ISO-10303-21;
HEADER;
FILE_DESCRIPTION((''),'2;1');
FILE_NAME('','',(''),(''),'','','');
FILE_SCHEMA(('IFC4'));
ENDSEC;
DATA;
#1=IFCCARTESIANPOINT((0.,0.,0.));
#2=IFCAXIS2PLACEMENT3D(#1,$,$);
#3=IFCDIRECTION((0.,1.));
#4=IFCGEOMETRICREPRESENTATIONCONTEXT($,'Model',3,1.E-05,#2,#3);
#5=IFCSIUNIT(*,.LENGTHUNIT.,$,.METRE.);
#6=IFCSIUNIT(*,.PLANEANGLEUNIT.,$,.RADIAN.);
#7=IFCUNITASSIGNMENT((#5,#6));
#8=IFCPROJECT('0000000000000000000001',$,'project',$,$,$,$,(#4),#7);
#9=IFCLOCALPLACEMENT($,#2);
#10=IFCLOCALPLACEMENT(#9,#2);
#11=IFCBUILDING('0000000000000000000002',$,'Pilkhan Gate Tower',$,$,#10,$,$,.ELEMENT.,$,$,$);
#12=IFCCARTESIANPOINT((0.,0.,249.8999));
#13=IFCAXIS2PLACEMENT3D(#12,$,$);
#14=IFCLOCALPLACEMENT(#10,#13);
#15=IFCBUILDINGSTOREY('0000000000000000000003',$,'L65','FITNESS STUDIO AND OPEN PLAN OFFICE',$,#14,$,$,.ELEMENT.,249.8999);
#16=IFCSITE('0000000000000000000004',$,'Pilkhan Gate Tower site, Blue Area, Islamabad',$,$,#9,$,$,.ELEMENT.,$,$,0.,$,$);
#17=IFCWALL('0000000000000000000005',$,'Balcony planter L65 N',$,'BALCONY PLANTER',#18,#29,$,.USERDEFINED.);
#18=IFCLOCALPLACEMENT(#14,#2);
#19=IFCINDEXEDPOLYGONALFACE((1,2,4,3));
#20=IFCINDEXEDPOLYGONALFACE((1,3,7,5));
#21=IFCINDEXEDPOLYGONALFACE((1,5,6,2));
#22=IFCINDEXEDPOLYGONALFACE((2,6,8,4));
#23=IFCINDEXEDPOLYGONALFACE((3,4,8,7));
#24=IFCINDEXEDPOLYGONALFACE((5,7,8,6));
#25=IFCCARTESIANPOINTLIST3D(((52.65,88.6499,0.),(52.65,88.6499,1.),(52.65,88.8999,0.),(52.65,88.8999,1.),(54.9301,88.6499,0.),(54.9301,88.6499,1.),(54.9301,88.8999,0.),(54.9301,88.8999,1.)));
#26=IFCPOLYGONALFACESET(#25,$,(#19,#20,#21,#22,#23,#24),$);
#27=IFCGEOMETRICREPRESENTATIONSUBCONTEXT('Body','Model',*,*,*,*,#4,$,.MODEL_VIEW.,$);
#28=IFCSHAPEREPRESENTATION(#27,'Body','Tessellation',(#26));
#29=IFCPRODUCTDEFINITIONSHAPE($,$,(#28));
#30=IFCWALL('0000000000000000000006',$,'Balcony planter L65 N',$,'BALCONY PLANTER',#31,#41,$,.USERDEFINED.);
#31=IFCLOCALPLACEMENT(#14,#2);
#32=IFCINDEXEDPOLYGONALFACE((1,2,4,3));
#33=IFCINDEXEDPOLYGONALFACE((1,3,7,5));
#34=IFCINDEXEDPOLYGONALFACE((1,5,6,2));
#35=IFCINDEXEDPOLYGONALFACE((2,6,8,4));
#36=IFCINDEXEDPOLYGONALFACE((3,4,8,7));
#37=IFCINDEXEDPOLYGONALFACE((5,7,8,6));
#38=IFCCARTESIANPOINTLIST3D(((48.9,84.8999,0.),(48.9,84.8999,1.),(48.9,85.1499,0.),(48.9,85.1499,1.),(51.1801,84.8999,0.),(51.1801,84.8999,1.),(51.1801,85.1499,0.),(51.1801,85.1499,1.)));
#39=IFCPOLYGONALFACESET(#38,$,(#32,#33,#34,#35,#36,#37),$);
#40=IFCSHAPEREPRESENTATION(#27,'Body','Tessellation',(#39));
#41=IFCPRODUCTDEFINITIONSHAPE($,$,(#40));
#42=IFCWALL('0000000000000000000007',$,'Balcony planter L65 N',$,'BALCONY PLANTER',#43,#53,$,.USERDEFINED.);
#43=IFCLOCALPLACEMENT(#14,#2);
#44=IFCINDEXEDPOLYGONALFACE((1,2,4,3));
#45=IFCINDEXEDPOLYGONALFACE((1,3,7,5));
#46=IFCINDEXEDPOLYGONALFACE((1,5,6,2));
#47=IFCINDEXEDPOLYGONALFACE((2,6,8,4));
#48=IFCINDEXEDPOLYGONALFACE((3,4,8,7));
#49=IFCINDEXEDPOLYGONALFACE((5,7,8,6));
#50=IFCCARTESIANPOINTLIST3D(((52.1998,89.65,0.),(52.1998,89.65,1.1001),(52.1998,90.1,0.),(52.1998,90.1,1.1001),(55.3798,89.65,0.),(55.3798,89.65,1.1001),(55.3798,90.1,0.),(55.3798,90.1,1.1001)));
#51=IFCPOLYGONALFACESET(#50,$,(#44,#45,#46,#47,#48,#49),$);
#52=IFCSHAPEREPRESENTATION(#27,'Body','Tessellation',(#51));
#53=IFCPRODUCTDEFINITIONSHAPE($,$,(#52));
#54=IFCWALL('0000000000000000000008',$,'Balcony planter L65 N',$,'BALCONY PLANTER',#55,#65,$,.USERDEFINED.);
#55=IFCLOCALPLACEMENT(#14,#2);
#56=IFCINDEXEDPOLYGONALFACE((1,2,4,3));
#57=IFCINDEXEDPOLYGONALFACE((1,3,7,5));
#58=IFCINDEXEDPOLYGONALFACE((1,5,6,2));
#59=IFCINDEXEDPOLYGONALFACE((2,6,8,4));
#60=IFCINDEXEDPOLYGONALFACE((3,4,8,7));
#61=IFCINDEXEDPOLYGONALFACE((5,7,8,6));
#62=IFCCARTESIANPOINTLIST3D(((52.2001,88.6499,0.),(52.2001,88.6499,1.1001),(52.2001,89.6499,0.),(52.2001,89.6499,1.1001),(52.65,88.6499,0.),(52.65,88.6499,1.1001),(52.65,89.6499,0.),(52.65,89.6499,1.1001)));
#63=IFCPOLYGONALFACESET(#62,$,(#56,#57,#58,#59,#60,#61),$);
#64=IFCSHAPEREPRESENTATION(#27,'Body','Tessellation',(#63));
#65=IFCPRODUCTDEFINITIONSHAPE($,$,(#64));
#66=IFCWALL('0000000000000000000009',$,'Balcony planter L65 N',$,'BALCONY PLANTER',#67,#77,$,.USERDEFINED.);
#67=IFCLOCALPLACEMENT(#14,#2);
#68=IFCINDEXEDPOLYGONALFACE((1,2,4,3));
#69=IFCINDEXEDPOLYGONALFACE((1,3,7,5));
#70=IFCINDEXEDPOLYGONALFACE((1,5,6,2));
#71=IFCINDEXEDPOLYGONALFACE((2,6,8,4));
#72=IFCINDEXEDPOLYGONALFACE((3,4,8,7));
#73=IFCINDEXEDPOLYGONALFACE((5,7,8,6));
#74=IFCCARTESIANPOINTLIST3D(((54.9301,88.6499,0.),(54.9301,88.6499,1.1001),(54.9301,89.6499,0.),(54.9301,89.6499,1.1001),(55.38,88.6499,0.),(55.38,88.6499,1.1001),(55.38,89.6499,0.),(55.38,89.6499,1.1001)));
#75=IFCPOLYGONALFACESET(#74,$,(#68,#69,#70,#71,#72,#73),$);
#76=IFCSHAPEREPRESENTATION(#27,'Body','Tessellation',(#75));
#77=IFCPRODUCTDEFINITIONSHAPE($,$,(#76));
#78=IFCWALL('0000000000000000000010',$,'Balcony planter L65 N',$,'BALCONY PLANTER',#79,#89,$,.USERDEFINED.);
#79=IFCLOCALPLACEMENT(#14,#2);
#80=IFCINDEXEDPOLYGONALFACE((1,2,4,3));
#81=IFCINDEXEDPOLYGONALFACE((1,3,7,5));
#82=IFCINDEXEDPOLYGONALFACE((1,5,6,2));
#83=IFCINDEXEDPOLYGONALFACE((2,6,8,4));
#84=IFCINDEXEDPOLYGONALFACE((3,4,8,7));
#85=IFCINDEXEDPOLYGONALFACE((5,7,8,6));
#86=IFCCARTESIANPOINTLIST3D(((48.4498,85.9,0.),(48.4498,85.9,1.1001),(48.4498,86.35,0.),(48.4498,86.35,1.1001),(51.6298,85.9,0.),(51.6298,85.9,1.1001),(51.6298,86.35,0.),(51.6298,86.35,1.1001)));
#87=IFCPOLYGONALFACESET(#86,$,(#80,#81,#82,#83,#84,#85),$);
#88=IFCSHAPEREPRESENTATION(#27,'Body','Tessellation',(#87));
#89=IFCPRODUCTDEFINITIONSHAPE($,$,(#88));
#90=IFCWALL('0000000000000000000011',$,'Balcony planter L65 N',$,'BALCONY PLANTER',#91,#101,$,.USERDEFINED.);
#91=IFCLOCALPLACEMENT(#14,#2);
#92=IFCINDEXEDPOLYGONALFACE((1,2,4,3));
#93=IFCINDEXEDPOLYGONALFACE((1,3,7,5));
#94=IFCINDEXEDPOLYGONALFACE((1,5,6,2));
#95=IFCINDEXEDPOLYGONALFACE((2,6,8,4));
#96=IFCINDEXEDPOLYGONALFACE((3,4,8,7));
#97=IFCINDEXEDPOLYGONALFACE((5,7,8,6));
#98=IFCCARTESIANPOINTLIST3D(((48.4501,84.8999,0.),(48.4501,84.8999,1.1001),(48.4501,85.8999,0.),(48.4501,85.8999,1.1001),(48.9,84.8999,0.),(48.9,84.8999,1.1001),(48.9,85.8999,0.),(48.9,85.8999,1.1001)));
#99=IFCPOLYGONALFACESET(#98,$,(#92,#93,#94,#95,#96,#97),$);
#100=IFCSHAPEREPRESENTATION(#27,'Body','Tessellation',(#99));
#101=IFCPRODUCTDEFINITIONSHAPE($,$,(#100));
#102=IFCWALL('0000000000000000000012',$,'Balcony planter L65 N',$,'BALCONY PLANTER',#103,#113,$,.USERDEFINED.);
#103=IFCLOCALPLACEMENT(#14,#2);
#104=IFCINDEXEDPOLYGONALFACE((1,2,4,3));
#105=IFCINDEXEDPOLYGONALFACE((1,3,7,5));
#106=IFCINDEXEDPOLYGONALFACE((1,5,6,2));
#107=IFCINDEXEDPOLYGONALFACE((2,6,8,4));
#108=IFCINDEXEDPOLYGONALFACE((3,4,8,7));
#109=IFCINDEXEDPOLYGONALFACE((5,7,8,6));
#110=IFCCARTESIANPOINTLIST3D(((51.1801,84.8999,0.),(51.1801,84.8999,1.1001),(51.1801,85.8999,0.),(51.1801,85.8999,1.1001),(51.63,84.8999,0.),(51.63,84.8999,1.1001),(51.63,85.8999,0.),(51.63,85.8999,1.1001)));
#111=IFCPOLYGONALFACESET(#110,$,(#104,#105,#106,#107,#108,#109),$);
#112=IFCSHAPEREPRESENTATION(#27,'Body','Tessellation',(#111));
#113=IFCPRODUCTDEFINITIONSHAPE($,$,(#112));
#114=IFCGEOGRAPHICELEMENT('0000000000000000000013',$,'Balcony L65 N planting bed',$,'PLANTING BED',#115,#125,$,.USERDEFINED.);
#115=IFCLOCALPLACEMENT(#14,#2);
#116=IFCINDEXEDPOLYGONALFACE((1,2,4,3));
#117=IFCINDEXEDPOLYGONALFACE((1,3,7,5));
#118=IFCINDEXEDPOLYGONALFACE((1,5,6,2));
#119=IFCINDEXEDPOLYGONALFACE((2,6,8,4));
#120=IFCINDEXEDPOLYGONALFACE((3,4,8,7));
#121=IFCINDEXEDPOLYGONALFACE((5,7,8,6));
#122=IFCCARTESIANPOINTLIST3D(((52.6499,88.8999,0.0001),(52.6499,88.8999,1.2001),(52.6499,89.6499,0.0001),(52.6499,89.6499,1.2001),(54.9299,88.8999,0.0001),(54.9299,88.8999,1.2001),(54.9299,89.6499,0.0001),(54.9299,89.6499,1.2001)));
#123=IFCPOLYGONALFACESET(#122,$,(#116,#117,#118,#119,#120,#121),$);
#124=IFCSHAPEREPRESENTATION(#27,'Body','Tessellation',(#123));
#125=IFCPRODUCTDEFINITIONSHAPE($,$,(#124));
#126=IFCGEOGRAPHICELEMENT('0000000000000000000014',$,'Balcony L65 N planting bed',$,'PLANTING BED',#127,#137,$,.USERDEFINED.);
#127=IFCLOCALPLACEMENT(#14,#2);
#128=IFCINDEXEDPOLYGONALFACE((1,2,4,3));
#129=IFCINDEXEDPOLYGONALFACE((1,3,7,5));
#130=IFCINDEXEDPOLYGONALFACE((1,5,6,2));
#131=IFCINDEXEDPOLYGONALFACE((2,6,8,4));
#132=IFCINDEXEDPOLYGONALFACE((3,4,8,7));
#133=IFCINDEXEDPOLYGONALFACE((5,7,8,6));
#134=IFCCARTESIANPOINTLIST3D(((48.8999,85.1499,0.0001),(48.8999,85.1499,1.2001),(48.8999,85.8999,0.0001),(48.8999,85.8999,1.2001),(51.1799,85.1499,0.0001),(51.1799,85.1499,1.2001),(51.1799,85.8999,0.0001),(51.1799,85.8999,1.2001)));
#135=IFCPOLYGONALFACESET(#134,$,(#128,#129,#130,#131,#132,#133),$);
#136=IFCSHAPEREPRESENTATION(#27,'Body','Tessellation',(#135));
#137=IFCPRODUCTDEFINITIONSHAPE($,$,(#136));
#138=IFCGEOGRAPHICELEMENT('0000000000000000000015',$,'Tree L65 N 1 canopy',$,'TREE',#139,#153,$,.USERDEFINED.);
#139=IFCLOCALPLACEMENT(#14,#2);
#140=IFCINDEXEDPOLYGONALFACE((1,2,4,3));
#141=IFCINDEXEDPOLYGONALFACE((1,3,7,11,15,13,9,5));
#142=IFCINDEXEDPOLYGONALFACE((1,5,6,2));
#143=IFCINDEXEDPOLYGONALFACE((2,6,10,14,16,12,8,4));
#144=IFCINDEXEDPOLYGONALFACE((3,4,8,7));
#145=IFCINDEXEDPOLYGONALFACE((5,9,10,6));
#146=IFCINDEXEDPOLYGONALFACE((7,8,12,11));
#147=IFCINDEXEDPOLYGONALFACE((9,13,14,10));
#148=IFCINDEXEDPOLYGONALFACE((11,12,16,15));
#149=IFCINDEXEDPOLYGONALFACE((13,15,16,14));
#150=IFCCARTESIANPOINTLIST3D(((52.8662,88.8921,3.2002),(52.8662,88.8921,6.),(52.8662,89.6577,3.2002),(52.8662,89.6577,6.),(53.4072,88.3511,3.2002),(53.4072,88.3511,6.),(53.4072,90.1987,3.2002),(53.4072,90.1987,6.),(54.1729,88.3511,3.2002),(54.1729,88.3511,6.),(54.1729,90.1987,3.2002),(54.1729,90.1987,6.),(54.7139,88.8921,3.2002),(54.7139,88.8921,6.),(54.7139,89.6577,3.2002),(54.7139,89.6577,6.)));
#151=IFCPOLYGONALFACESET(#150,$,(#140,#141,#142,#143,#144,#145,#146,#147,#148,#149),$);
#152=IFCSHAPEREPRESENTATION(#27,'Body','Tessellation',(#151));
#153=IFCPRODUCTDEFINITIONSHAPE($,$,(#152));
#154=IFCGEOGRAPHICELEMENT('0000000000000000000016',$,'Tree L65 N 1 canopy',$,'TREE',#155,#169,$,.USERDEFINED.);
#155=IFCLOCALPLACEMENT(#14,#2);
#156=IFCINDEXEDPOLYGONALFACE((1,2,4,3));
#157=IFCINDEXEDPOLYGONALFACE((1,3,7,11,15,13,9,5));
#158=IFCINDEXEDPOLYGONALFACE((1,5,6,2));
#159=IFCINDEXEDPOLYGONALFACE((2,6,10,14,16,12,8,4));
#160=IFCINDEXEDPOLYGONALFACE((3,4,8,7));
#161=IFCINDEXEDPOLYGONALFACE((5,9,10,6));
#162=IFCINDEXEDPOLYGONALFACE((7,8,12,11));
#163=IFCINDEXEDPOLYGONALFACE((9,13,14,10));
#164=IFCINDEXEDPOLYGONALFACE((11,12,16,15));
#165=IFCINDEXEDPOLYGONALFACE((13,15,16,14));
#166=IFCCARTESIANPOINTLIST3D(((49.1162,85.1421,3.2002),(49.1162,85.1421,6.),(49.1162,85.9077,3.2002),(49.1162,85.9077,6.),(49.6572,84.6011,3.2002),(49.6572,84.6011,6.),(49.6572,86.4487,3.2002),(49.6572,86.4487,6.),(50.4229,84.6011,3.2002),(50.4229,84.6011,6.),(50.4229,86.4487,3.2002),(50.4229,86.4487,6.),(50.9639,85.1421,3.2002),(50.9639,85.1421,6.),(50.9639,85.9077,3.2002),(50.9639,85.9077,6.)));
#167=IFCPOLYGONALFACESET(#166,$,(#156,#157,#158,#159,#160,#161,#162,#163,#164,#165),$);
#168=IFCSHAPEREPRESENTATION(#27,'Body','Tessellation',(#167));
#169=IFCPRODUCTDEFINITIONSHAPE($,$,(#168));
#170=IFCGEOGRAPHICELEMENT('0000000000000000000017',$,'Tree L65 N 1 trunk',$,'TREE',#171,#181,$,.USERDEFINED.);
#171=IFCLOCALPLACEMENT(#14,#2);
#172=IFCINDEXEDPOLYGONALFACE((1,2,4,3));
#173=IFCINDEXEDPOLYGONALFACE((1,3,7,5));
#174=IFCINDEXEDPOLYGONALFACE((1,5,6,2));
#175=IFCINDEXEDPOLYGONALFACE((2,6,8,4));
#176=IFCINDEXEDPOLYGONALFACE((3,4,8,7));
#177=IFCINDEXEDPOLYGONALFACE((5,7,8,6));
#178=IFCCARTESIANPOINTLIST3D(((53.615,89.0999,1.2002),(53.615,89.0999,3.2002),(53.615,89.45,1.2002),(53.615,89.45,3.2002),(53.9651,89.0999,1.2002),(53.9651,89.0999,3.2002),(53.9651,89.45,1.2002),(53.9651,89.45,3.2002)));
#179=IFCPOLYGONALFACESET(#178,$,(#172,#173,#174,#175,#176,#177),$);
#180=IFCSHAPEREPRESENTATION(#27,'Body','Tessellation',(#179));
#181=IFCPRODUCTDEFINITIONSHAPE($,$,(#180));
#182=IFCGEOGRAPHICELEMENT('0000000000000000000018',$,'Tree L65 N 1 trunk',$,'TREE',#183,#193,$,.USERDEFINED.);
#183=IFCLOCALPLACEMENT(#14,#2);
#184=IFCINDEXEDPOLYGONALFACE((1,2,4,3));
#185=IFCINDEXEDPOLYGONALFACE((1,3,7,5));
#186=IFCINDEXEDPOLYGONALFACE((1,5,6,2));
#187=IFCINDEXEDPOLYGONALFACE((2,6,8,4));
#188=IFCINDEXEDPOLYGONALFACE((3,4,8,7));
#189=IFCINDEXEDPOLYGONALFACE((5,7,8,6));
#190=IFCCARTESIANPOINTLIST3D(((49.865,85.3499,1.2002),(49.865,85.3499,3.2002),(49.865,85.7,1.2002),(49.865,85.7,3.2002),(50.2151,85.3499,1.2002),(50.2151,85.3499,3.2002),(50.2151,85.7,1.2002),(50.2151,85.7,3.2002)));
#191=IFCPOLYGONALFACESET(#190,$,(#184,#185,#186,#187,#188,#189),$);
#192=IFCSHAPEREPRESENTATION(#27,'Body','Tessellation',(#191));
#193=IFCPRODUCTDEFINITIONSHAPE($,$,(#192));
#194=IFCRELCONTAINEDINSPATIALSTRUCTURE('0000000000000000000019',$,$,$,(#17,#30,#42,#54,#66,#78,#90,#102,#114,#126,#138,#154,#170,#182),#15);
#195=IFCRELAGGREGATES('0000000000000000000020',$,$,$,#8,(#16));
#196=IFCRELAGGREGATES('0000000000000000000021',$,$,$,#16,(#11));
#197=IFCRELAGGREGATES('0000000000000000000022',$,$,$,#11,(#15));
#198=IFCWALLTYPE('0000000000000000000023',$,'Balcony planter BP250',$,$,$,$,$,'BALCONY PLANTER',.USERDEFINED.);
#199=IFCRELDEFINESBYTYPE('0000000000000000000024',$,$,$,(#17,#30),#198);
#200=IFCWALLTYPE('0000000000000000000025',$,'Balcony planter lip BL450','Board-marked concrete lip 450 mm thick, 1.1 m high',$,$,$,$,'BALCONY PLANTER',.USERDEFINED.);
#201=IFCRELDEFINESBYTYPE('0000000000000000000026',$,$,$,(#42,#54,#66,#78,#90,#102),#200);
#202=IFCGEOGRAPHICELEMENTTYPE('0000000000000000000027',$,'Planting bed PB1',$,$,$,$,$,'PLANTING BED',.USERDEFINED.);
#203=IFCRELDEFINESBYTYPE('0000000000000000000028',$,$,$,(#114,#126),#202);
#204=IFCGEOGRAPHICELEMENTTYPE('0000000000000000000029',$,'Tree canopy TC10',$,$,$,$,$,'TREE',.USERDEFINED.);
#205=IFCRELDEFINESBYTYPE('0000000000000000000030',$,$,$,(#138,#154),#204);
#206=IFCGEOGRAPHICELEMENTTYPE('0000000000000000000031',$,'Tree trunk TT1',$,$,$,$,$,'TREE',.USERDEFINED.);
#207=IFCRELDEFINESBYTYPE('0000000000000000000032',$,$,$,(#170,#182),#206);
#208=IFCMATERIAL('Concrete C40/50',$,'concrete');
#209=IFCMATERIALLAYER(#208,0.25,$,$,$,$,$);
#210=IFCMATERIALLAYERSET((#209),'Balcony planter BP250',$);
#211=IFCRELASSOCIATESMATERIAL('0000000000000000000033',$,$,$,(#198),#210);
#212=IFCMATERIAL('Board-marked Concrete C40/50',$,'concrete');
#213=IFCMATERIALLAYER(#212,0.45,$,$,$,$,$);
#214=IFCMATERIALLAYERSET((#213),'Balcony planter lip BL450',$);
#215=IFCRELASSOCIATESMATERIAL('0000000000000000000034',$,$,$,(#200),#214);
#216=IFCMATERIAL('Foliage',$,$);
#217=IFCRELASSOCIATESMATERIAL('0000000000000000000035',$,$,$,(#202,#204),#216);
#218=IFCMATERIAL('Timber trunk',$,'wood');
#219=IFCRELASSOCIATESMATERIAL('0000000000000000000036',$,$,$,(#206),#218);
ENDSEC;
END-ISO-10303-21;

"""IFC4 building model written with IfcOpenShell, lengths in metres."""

from ifc_helpers import new_model, si_unit, direction, frame, frame_2d, origin, origin_2d, place, context, subcontext, project, spatial, polyline, rectangle, outline, extrude, material, layer, layer_set, material_profile, profile_set, type_object, element, save


model = new_model("IFC4")

# Units and contexts
model_context = context("Model", 3, precision=1e-05, world=origin(), true_north=direction((0.0, 1.0)))
body_context = subcontext(model_context, "Body", "Model", "MODEL_VIEW")
ifc_project = project(units=[si_unit("LENGTHUNIT", "METRE"), si_unit("PLANEANGLEUNIT", "RADIAN")], contexts=[model_context])

# Site, building, storey
site_placement = place(None, origin())
site = spatial("IfcSite", under=ifc_project, at=site_placement, Name="Pilkhan Gate Tower site, Blue Area, Islamabad", CompositionType="ELEMENT", RefElevation=0.0)
building_placement = place(site_placement, origin())
building = spatial("IfcBuilding", under=site, at=building_placement, Name="Pilkhan Gate Tower", CompositionType="ELEMENT")
storey_placement = place(building_placement, frame((0.0, 0.0, 249.8999)))
storey = spatial("IfcBuildingStorey", under=building, at=storey_placement, Name="L65", Description="FITNESS STUDIO AND OPEN PLAN OFFICE", CompositionType="ELEMENT", Elevation=249.8999)

# Walls
ifc_material_1 = material(Name="Concrete C40/50", Category="concrete")
ifc_layer_1 = layer(ifc_material_1, 0.25)
ifc_layer_set_1 = layer_set([ifc_layer_1], Name="Balcony planter BP250")
wall_type_1 = type_object("IfcWallType", Name="Balcony planter BP250", ElementType="BALCONY PLANTER", PredefinedType="USERDEFINED", material=ifc_layer_set_1)
for number, where, z_axis, x_axis, name in (
    (1, (52.6499, 88.7749, 0.0), (0.0, 0.0, 1.0), (1.0, 0.0, 0.0), "Balcony planter L65 N"),
    (2, (48.8999, 85.0249, 0.0), (0.0, 0.0, 1.0), (1.0, 0.0, 0.0), "Balcony planter L65 N"),
):
    element("IfcWall", number, at=place(storey_placement, frame(where, z_axis=z_axis, x_axis=x_axis)), inside=storey, type_object=wall_type_1, Name=name, ObjectType="BALCONY PLANTER", PredefinedType="USERDEFINED", context=body_context, shape_type="SweptSolid", body=[
        extrude(rectangle(XDim=2.28, YDim=0.25, at=frame_2d((1.1401, 0.0))), origin(), (0.0, 0.0, 1.0), 1.0),
    ])
ifc_material_2 = material(Name="Board-marked Concrete C40/50", Category="concrete")
ifc_layer_2 = layer(ifc_material_2, 0.45)
ifc_layer_set_2 = layer_set([ifc_layer_2], Name="Balcony planter lip BL450")
wall_type_2 = type_object("IfcWallType", Name="Balcony planter lip BL450", Description="Board-marked concrete lip 450 mm thick, 1.1 m high", ElementType="BALCONY PLANTER", PredefinedType="USERDEFINED", material=ifc_layer_set_2)
wall_1_placement = place(storey_placement, frame((52.2, 89.875, 0.0), z_axis=(0.0, 0.0, 1.0), x_axis=(1.0, 0.0, 0.0)))
element("IfcWall", 3, at=wall_1_placement, inside=storey, type_object=wall_type_2, Name="Balcony planter L65 N", ObjectType="BALCONY PLANTER", PredefinedType="USERDEFINED", context=body_context, shape_type="SweptSolid", body=[
    extrude(rectangle(XDim=3.1799, YDim=0.45, at=frame_2d((1.5898, 0.0))), origin(), (0.0, 0.0, 1.0), 1.1001),
])
for number, where, z_axis, x_axis, name in (
    (4, (52.425, 88.6499, 0.0), (0.0, 0.0, 1.0), (0.0, 1.0, 0.0), "Balcony planter L65 N"),
    (5, (55.155, 88.6499, 0.0), (0.0, 0.0, 1.0), (0.0, 1.0, 0.0), "Balcony planter L65 N"),
):
    element("IfcWall", number, at=place(storey_placement, frame(where, z_axis=z_axis, x_axis=x_axis)), inside=storey, type_object=wall_type_2, Name=name, ObjectType="BALCONY PLANTER", PredefinedType="USERDEFINED", context=body_context, shape_type="SweptSolid", body=[
        extrude(rectangle(XDim=1.0, YDim=0.45, at=frame_2d((0.5, 0.0))), origin(), (0.0, 0.0, 1.0), 1.1001),
    ])
wall_2_placement = place(storey_placement, frame((48.45, 86.125, 0.0), z_axis=(0.0, 0.0, 1.0), x_axis=(1.0, 0.0, 0.0)))
element("IfcWall", 6, at=wall_2_placement, inside=storey, type_object=wall_type_2, Name="Balcony planter L65 N", ObjectType="BALCONY PLANTER", PredefinedType="USERDEFINED", context=body_context, shape_type="SweptSolid", body=[
    extrude(rectangle(XDim=3.1799, YDim=0.45, at=frame_2d((1.5898, 0.0))), origin(), (0.0, 0.0, 1.0), 1.1001),
])
for number, where, z_axis, x_axis, name in (
    (7, (48.675, 84.8999, 0.0), (0.0, 0.0, 1.0), (0.0, 1.0, 0.0), "Balcony planter L65 N"),
    (8, (51.405, 84.8999, 0.0), (0.0, 0.0, 1.0), (0.0, 1.0, 0.0), "Balcony planter L65 N"),
):
    element("IfcWall", number, at=place(storey_placement, frame(where, z_axis=z_axis, x_axis=x_axis)), inside=storey, type_object=wall_type_2, Name=name, ObjectType="BALCONY PLANTER", PredefinedType="USERDEFINED", context=body_context, shape_type="SweptSolid", body=[
        extrude(rectangle(XDim=1.0, YDim=0.45, at=frame_2d((0.5, 0.0))), origin(), (0.0, 0.0, 1.0), 1.1001),
    ])

# Geographic elements
ifc_material_3 = material(Name="Foliage")
ifc_material_profile_1 = material_profile(ifc_material_3, rectangle(XDim=0.75, YDim=1.2, at=origin_2d()), Name="Bed 750x1200")
ifc_profile_set_1 = profile_set([ifc_material_profile_1], Name="Foliage")
geographic_element_type_1 = type_object("IfcGeographicElementType", Name="Planting bed PB1", ElementType="PLANTING BED", PredefinedType="USERDEFINED", material=ifc_profile_set_1)
for number, where, z_axis, x_axis, name in (
    (9, (52.6499, 89.2749, 0.6001), (1.0, 0.0, 0.0), (0.0, 1.0, 0.0), "Balcony L65 N planting bed"),
    (10, (48.8999, 85.5249, 0.6001), (1.0, 0.0, 0.0), (0.0, 1.0, 0.0), "Balcony L65 N planting bed"),
):
    element("IfcGeographicElement", number, at=place(storey_placement, frame(where, z_axis=z_axis, x_axis=x_axis)), inside=storey, type_object=geographic_element_type_1, Name=name, ObjectType="PLANTING BED", PredefinedType="USERDEFINED", context=body_context, shape_type="SweptSolid", body=[
        extrude(rectangle(XDim=0.75, YDim=1.2, at=origin_2d()), origin(), (0.0, 0.0, 1.0), 2.28),
    ])
ifc_material_profile_2 = material_profile(ifc_material_3, outline(polyline([(0.9238, 0.3828), (0.3828, 0.9238), (-0.3828, 0.9238), (-0.9238, 0.3828), (-0.9238, -0.3828), (-0.3828, -0.9238), (0.3828, -0.9238), (0.9238, -0.3828), (0.9238, 0.3828)])), Name="Canopy D2.0")
ifc_profile_set_2 = profile_set([ifc_material_profile_2], Name="Foliage")
geographic_element_type_2 = type_object("IfcGeographicElementType", Name="Tree canopy TC10", ElementType="TREE", PredefinedType="USERDEFINED", material=ifc_profile_set_2)
for number, where, z_axis, x_axis, name in (
    (11, (53.79, 89.2749, 3.2002), (0.0, 0.0, 1.0), (1.0, 0.0, 0.0), "Tree L65 N 1 canopy"),
    (12, (50.04, 85.5249, 3.2002), (0.0, 0.0, 1.0), (1.0, 0.0, 0.0), "Tree L65 N 1 canopy"),
):
    element("IfcGeographicElement", number, at=place(storey_placement, frame(where, z_axis=z_axis, x_axis=x_axis)), inside=storey, type_object=geographic_element_type_2, Name=name, ObjectType="TREE", PredefinedType="USERDEFINED", context=body_context, shape_type="SweptSolid", body=[
        extrude(outline(polyline([(0.9238, 0.3828), (0.3828, 0.9238), (-0.3828, 0.9238), (-0.9238, 0.3828), (-0.9238, -0.3828), (-0.3828, -0.9238), (0.3828, -0.9238), (0.9238, -0.3828), (0.9238, 0.3828)])), origin(), (0.0, 0.0, 1.0), 2.7998),
    ])
ifc_material_4 = material(Name="Timber trunk", Category="wood")
geographic_element_type_3 = type_object("IfcGeographicElementType", Name="Tree trunk TT1", ElementType="TREE", PredefinedType="USERDEFINED", material=ifc_material_4)
for number, where, z_axis, x_axis, name in (
    (13, (53.79, 89.2749, 1.2002), (0.0, 0.0, 1.0), (1.0, 0.0, 0.0), "Tree L65 N 1 trunk"),
    (14, (50.04, 85.5249, 1.2002), (0.0, 0.0, 1.0), (1.0, 0.0, 0.0), "Tree L65 N 1 trunk"),
):
    element("IfcGeographicElement", number, at=place(storey_placement, frame(where, z_axis=z_axis, x_axis=x_axis)), inside=storey, type_object=geographic_element_type_3, Name=name, ObjectType="TREE", PredefinedType="USERDEFINED", context=body_context, shape_type="SweptSolid", body=[
        extrude(rectangle(XDim=0.3501, YDim=0.3501, at=origin_2d()), origin(), (0.0, 0.0, 1.0), 2.0),
    ])

save(model, "model.ifc")
